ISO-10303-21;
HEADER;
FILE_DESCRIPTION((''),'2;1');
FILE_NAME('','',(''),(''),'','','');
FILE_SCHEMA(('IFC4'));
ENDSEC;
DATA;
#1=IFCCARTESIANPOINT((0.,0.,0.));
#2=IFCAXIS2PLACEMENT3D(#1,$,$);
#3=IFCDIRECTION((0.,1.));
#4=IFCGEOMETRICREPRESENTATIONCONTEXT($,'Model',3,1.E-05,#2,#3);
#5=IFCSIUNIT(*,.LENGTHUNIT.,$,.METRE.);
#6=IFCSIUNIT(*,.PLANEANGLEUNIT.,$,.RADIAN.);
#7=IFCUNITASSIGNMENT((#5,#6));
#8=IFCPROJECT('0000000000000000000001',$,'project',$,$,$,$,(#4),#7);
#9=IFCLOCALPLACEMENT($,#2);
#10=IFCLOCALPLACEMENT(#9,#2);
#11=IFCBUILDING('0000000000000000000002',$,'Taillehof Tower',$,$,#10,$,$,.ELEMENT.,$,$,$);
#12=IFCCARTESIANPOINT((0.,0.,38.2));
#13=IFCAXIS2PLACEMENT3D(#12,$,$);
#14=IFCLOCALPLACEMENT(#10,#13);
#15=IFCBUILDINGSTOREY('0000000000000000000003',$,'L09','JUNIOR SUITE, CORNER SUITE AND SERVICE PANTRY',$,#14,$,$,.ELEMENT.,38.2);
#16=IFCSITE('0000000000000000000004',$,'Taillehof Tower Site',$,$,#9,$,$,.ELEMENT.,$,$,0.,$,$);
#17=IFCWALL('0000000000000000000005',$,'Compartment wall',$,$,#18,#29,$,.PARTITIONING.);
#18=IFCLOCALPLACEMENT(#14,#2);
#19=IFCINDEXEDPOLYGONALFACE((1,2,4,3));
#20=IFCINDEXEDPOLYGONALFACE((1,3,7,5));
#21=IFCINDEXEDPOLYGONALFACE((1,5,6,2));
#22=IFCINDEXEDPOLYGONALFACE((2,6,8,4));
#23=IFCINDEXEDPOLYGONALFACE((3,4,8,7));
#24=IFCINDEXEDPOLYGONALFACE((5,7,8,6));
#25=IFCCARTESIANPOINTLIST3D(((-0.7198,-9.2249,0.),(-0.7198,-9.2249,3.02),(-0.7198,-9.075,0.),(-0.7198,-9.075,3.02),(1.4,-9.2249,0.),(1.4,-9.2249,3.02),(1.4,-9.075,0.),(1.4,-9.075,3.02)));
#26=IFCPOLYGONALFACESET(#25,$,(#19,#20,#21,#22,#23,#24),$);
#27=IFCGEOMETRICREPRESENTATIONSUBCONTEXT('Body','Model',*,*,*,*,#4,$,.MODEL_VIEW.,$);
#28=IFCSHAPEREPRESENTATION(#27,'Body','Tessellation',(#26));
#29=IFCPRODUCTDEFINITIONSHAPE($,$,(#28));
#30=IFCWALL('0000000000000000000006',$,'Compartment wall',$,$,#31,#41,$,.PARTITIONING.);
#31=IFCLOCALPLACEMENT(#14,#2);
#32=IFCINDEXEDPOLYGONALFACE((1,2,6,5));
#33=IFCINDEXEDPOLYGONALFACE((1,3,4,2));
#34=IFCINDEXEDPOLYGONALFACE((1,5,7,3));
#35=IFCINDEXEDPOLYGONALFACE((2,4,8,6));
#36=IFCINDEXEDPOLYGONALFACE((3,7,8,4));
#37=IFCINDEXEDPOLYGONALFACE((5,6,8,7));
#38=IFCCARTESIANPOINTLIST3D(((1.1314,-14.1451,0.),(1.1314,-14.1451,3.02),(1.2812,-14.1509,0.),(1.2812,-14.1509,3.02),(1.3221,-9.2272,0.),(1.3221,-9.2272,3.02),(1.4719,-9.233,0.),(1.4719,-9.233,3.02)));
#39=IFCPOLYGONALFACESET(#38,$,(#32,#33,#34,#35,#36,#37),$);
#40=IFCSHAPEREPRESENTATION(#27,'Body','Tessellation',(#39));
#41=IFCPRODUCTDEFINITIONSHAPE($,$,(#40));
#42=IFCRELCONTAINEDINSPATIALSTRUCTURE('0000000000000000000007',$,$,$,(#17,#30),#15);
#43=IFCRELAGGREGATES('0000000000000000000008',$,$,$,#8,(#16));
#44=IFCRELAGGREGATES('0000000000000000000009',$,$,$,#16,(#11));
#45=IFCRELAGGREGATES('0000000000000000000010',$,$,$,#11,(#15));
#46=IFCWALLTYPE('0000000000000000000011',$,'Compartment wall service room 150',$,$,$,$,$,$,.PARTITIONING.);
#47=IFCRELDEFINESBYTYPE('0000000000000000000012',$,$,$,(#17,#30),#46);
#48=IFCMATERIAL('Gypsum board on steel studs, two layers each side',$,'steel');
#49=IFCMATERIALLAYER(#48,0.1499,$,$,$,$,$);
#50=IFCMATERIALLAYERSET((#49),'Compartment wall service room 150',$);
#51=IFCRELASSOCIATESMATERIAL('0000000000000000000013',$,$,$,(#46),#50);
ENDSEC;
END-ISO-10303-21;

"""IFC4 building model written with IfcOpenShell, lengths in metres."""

from ifc_helpers import new_model, si_unit, direction, frame, frame_2d, origin, place, context, subcontext, project, spatial, rectangle, extrude, material, layer, layer_set, type_object, element, save


model = new_model("IFC4")

# Units and contexts
model_context = context("Model", 3, precision=1e-05, world=origin(), true_north=direction((0.0, 1.0)))
body_context = subcontext(model_context, "Body", "Model", "MODEL_VIEW")
ifc_project = project(units=[si_unit("LENGTHUNIT", "METRE"), si_unit("PLANEANGLEUNIT", "RADIAN")], contexts=[model_context])

# Site, building, storey
site_placement = place(None, origin())
site = spatial("IfcSite", under=ifc_project, at=site_placement, Name="Taillehof Tower Site", CompositionType="ELEMENT", RefElevation=0.0)
building_placement = place(site_placement, origin())
building = spatial("IfcBuilding", under=site, at=building_placement, Name="Taillehof Tower", CompositionType="ELEMENT")
storey_placement = place(building_placement, frame((0.0, 0.0, 38.2)))
storey = spatial("IfcBuildingStorey", under=building, at=storey_placement, Name="L09", Description="JUNIOR SUITE, CORNER SUITE AND SERVICE PANTRY", CompositionType="ELEMENT", Elevation=38.2)

# Walls
ifc_material_1 = material(Name="Gypsum board on steel studs, two layers each side", Category="steel")
ifc_layer_1 = layer(ifc_material_1, 0.1499)
ifc_layer_set_1 = layer_set([ifc_layer_1], Name="Compartment wall service room 150")
wall_type_1 = type_object("IfcWallType", Name="Compartment wall service room 150", PredefinedType="PARTITIONING", material=ifc_layer_set_1)
wall_1_placement = place(storey_placement, frame((-0.72, -9.1499, 0.0), z_axis=(0.0, 0.0, 1.0), x_axis=(1.0, 0.0, 0.0)))
element("IfcWall", 1, at=wall_1_placement, inside=storey, type_object=wall_type_1, Name="Compartment wall", PredefinedType="PARTITIONING", context=body_context, shape_type="SweptSolid", body=[
    extrude(rectangle(XDim=2.1199, YDim=0.1499, at=frame_2d((1.0601, 0.0))), origin(), (0.0, 0.0, 1.0), 3.02),
])
wall_2_placement = place(storey_placement, frame((1.397, -9.23, 0.0), z_axis=(0.0, 0.0, 1.0), x_axis=(-0.038742, -0.999249, 0.0)))
element("IfcWall", 2, at=wall_2_placement, inside=storey, type_object=wall_type_1, Name="Compartment wall", PredefinedType="PARTITIONING", context=body_context, shape_type="SweptSolid", body=[
    extrude(rectangle(XDim=4.9216, YDim=0.1499, at=frame_2d((2.4609, 0.0))), origin(), (0.0, 0.0, 1.0), 3.02),
])

save(model, "model.ifc")
